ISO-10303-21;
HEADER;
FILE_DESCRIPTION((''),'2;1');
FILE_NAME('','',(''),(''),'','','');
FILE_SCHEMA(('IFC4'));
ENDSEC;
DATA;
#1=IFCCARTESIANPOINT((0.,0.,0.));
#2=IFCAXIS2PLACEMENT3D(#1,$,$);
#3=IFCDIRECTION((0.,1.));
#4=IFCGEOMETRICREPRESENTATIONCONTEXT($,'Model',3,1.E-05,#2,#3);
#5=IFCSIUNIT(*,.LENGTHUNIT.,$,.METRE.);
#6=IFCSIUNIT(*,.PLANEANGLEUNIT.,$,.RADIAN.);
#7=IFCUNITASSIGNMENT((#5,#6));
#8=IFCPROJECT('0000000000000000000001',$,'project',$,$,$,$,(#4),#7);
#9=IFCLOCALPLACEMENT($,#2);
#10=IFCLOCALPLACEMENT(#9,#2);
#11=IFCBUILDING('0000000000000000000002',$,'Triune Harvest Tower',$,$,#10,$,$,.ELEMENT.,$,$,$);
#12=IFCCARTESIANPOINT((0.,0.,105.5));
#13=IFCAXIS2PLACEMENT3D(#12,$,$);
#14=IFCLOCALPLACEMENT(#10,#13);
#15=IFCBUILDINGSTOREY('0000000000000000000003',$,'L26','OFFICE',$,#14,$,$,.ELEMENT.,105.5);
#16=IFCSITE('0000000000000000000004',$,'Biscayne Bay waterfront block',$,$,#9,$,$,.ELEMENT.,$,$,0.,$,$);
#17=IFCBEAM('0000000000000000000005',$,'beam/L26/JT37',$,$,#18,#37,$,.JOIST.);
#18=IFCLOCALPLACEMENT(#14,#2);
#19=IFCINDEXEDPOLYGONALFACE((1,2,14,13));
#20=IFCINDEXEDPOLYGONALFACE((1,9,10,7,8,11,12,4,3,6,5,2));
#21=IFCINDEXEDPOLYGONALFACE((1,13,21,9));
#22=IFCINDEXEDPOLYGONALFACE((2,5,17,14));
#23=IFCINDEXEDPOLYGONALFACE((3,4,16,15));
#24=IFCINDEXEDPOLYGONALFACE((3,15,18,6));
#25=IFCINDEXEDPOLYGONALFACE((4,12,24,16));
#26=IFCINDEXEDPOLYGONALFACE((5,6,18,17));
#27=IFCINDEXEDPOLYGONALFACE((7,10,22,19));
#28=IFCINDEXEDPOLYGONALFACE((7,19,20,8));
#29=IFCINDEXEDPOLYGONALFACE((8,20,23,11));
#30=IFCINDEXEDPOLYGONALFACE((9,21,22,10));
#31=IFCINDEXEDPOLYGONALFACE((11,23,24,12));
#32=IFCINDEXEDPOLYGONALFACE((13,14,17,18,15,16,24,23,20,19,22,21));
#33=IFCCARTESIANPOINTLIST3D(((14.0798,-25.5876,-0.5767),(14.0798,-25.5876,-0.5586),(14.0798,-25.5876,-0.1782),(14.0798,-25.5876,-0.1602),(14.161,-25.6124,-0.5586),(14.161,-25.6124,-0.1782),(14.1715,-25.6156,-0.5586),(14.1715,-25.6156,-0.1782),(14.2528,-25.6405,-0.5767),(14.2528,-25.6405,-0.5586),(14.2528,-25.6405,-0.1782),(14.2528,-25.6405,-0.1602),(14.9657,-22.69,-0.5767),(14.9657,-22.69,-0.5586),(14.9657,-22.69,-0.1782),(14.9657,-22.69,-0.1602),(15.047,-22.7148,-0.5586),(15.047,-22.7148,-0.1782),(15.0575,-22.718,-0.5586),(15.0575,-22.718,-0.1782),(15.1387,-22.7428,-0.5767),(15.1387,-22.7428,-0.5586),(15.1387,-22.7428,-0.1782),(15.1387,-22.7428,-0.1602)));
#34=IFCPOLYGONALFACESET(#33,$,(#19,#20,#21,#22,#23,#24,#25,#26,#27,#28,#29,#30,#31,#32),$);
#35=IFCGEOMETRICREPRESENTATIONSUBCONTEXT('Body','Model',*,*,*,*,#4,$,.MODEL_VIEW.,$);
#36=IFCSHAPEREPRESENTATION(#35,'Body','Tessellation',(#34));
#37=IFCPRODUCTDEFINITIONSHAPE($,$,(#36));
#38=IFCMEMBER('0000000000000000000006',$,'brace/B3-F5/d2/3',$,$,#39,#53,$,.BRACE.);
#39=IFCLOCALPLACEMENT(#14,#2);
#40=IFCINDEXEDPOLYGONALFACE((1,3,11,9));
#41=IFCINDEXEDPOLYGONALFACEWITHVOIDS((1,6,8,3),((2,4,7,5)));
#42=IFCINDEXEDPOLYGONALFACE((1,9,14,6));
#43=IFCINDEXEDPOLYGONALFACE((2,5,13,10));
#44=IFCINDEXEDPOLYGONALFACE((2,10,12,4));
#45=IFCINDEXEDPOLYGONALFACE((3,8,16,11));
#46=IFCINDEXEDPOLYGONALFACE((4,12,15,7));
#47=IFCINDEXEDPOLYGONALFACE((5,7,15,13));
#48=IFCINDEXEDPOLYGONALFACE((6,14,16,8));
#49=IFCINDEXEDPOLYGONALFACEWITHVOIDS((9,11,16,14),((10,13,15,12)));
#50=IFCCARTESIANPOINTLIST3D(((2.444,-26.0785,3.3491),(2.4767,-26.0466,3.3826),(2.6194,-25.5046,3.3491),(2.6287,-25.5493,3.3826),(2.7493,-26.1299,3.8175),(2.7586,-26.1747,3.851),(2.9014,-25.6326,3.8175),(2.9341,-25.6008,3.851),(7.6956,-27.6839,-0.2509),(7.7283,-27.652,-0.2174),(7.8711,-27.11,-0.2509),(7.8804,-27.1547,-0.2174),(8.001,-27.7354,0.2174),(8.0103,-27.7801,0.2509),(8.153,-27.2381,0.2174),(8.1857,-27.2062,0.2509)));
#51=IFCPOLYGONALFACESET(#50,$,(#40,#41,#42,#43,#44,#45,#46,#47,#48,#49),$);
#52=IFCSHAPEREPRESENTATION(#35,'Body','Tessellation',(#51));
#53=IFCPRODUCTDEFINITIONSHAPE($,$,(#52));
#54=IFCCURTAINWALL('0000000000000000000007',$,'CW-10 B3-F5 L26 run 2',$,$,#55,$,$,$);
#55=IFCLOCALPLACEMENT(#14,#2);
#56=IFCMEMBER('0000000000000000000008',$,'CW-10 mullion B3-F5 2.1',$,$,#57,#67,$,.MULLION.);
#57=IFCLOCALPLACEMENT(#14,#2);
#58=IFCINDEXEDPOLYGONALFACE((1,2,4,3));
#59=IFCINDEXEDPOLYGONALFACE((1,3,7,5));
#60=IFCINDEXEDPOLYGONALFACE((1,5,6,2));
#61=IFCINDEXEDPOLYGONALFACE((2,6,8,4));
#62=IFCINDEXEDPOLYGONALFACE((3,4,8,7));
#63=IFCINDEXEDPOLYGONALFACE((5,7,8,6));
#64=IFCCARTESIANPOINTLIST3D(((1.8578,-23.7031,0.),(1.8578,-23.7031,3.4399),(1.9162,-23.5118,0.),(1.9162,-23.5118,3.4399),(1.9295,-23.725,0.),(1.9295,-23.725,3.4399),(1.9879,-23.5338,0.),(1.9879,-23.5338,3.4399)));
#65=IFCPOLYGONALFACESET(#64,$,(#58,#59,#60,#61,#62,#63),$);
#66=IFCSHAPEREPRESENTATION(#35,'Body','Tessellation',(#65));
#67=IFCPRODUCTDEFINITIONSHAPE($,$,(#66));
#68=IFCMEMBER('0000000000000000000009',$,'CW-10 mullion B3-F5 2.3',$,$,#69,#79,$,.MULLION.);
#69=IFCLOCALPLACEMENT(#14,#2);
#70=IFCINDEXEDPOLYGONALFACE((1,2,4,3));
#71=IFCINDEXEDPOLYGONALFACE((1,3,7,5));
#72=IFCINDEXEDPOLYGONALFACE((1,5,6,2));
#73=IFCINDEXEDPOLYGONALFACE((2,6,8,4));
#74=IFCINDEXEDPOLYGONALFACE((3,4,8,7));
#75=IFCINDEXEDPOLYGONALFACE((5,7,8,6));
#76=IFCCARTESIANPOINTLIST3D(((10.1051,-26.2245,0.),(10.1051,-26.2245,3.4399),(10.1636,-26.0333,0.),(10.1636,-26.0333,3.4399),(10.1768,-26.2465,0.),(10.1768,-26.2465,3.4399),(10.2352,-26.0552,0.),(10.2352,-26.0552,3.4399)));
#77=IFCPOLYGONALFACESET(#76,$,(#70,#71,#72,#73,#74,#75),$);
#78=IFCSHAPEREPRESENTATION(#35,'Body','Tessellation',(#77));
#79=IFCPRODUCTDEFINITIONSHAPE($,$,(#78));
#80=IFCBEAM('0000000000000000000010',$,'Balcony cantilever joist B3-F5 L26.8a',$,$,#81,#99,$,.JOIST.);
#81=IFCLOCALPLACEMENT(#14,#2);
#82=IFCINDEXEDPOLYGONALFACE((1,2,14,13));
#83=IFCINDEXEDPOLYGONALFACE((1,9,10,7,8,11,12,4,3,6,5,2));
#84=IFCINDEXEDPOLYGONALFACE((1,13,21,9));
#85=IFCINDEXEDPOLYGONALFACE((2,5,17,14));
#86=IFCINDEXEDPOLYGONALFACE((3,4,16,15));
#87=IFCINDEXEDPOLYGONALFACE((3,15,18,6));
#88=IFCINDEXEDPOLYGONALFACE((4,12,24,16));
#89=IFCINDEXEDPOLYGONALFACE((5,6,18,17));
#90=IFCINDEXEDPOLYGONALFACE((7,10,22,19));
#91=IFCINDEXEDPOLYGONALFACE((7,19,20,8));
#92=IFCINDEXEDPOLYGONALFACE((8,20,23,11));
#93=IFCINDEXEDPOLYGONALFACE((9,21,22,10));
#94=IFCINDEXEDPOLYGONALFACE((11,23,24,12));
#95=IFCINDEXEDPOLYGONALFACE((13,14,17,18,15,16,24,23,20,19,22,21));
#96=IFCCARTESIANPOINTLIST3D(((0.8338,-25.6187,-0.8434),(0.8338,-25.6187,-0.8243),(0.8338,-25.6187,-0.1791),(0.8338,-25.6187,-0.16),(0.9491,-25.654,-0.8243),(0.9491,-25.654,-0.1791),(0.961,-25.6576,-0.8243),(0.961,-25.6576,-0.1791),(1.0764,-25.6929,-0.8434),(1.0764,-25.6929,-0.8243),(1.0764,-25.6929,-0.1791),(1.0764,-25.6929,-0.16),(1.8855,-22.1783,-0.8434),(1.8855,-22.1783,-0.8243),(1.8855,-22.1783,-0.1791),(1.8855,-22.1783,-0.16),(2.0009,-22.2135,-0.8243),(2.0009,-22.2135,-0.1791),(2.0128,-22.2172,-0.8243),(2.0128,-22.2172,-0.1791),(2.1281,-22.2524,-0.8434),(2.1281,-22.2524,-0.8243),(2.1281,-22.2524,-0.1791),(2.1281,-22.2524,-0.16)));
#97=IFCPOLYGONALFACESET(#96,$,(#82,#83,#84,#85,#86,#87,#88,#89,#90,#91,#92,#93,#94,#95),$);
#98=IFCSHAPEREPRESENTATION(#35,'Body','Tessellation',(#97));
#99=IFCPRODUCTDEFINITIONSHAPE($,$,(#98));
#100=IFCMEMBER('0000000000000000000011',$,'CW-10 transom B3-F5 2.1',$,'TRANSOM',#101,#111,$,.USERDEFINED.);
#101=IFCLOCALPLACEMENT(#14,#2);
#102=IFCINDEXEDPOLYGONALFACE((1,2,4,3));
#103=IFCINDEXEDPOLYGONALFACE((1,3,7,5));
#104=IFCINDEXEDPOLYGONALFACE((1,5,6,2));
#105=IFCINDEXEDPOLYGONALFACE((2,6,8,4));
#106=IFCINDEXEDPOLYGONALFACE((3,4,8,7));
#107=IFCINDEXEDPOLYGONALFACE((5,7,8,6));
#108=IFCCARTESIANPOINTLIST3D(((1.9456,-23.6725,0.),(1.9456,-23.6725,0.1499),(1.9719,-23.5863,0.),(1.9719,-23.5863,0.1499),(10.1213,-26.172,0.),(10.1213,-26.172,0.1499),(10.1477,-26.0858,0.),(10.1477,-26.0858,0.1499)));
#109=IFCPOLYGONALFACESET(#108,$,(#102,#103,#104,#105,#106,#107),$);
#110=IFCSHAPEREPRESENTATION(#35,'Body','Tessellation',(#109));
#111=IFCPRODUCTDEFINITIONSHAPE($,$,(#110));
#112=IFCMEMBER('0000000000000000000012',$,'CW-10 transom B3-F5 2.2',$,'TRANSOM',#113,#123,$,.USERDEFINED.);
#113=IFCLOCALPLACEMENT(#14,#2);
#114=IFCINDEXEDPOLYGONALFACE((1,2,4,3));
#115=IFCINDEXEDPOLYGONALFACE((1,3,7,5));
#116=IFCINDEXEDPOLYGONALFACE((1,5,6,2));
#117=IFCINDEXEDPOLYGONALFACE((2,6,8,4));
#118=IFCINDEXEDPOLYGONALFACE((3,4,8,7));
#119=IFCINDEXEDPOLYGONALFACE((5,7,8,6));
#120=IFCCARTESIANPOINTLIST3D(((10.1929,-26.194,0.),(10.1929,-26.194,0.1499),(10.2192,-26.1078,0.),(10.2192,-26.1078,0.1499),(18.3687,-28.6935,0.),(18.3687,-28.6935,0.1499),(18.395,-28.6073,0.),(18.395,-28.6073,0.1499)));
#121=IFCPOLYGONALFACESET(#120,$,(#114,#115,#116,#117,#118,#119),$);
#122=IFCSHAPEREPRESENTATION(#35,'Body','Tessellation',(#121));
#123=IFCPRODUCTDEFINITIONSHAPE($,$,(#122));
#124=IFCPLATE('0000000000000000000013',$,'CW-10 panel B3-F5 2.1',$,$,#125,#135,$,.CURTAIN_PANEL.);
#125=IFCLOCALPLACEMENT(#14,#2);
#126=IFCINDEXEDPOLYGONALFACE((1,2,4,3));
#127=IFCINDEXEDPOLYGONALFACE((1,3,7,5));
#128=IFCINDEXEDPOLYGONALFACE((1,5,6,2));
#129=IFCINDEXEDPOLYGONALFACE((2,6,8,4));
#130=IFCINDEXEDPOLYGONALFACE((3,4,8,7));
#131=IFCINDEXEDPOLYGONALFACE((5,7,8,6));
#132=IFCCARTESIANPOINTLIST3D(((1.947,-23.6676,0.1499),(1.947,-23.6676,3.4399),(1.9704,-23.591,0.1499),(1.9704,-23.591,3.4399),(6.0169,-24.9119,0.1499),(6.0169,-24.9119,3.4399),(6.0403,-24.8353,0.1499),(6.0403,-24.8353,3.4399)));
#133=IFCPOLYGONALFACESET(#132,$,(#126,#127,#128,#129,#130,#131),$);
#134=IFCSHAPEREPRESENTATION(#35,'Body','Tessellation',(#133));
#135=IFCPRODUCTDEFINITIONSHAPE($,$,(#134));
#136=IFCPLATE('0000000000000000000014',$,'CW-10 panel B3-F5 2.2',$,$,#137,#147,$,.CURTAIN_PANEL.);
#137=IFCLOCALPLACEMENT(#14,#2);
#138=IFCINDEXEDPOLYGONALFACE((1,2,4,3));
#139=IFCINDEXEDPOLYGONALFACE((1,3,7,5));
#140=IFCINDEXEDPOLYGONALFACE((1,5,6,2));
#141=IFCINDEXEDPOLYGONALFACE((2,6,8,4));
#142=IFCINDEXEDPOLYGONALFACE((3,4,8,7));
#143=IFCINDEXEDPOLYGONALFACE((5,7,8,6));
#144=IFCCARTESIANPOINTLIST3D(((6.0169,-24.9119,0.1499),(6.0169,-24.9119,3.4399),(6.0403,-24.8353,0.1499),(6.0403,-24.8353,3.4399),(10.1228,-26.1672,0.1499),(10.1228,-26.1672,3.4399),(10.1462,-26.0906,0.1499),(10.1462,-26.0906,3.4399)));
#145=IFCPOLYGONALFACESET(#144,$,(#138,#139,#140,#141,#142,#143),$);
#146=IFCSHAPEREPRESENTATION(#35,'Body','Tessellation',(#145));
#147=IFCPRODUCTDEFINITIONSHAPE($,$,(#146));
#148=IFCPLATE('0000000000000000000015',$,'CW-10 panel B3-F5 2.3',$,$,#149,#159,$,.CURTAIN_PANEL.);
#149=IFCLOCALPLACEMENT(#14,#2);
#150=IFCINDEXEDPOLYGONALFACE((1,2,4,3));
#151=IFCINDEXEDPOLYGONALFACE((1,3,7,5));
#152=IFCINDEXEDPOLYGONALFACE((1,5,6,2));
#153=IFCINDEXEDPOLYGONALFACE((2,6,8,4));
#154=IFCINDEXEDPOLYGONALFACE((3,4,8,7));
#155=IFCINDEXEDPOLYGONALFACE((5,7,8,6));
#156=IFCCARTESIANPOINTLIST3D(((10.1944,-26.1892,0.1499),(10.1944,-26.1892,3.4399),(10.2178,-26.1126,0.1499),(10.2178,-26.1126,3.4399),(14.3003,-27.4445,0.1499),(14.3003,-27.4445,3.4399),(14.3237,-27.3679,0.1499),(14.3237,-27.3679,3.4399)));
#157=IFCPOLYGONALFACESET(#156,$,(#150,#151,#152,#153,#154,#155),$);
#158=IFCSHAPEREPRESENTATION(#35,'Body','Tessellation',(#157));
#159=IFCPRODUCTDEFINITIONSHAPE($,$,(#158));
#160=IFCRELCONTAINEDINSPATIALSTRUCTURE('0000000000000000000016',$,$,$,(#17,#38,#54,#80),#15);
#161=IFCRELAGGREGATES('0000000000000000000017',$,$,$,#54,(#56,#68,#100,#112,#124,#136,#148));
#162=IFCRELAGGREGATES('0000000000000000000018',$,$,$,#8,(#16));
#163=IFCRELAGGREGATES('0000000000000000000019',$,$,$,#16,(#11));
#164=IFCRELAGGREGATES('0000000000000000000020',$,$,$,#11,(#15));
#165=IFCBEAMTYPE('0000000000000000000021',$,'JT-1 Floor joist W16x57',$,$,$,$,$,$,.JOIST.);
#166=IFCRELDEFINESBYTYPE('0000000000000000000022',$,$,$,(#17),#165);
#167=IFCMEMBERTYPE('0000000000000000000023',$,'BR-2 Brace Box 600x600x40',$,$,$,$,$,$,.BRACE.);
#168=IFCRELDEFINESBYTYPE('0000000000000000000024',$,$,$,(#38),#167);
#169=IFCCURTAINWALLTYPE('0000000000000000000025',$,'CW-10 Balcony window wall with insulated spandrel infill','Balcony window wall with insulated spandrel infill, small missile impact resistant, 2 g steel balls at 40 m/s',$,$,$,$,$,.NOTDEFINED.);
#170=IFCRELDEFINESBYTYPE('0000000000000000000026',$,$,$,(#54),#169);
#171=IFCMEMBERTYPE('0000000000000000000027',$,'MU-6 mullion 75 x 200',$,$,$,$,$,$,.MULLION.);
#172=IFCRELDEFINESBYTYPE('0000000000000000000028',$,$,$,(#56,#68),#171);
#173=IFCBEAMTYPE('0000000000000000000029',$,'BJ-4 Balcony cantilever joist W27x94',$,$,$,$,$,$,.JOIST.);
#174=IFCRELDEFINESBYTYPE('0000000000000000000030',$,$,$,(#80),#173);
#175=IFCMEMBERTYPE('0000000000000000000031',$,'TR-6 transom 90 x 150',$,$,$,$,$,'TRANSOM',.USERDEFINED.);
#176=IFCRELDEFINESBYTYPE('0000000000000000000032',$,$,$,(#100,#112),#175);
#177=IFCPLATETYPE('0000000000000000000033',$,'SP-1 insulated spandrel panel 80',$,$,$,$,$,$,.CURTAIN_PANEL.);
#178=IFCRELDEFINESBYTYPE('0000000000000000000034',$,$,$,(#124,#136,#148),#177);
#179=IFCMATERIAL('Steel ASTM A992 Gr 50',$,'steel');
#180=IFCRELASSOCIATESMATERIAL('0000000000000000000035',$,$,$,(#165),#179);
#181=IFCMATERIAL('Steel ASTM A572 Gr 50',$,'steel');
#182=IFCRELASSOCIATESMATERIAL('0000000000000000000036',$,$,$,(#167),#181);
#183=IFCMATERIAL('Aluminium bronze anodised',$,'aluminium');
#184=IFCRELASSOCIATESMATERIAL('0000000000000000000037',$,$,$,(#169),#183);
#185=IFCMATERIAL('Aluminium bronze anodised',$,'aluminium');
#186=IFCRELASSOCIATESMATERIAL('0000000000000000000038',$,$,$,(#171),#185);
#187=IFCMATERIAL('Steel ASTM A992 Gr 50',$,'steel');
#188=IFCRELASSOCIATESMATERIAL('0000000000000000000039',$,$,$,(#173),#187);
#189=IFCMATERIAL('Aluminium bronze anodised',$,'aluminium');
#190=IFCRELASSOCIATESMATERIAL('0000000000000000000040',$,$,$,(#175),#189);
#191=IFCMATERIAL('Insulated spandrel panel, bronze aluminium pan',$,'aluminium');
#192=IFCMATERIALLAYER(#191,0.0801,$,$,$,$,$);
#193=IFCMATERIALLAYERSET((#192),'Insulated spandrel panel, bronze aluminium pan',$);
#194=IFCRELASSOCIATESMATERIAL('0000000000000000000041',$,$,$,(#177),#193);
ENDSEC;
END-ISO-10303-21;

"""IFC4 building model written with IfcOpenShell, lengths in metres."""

from ifc_helpers import new_model, si_unit, direction, frame, origin, origin_2d, place, context, subcontext, project, spatial, rectangle, hollow_rectangle, i_section, extrude, source, transform, mapped, material, layer, layer_set, material_profile, profile_set, type_object, element, aggregate, save


model = new_model("IFC4")

# Units and contexts
model_context = context("Model", 3, precision=1e-05, world=origin(), true_north=direction((0.0, 1.0)))
body_context = subcontext(model_context, "Body", "Model", "MODEL_VIEW")
ifc_project = project(units=[si_unit("LENGTHUNIT", "METRE"), si_unit("PLANEANGLEUNIT", "RADIAN")], contexts=[model_context])

# Site, building, storey
site_placement = place(None, origin())
site = spatial("IfcSite", under=ifc_project, at=site_placement, Name="Biscayne Bay waterfront block", CompositionType="ELEMENT", RefElevation=0.0)
building_placement = place(site_placement, origin())
building = spatial("IfcBuilding", under=site, at=building_placement, Name="Triune Harvest Tower", CompositionType="ELEMENT")
storey_placement = place(building_placement, frame((0.0, 0.0, 105.5)))
storey = spatial("IfcBuildingStorey", under=building, at=storey_placement, Name="L26", Description="OFFICE", CompositionType="ELEMENT", Elevation=105.5)

# Beam
ifc_material_1 = material(Name="Steel ASTM A992 Gr 50", Category="steel")
ifc_material_profile_1 = material_profile(ifc_material_1, i_section(OverallWidth=0.1809, OverallDepth=0.4165, WebThickness=0.011, FlangeThickness=0.0181, at=origin_2d()), Name="W16x57")
ifc_profile_set_1 = profile_set([ifc_material_profile_1], Name="Steel ASTM A992 Gr 50")
beam_type_1 = type_object("IfcBeamType", Name="JT-1 Floor joist W16x57", PredefinedType="JOIST", material=ifc_profile_set_1)
shared_shape_1 = source(origin(), body_context, "Body", "SweptSolid", [
    extrude(i_section(OverallWidth=0.1809, OverallDepth=0.4165, WebThickness=0.011, FlangeThickness=0.0181, at=origin_2d()), origin(), (0.0, 0.0, 1.0), 3.03),
])
beam_1_placement = place(storey_placement, frame((14.1663, -25.614, -0.3684), z_axis=(0.292393, 0.956298, 0.0), x_axis=(-0.956298, 0.292393, 0.0)))
element("IfcBeam", 1, at=beam_1_placement, inside=storey, type_object=beam_type_1, Name="beam/L26/JT37", PredefinedType="JOIST", context=body_context, shape_type="MappedRepresentation", body=[
    mapped(shared_shape_1, transform((0.0, 0.0, 0.0), scale=1.0)),
])

# Member
ifc_material_2 = material(Name="Steel ASTM A572 Gr 50", Category="steel")
ifc_material_profile_2 = material_profile(ifc_material_2, hollow_rectangle(XDim=0.6001, YDim=0.6001, WallThickness=0.04, at=origin_2d()), Name="Box 600x600x40")
ifc_profile_set_2 = profile_set([ifc_material_profile_2], Name="Steel ASTM A572 Gr 50")
member_type_1 = type_object("IfcMemberType", Name="BR-2 Brace Box 600x600x40", PredefinedType="BRACE", material=ifc_profile_set_2)
shared_shape_2 = source(origin(), body_context, "Body", "SweptSolid", [
    extrude(hollow_rectangle(XDim=0.6001, YDim=0.6001, WallThickness=0.04, at=origin_2d()), origin(), (0.0, 0.0, 1.0), 6.5664),
])
member_1_placement = place(storey_placement, frame((7.9407, -27.4451, 0.0), z_axis=(-0.799775, 0.244495, 0.548254), x_axis=(-0.292348, -0.956312, 0.0)))
element("IfcMember", 2, at=member_1_placement, inside=storey, type_object=member_type_1, Name="brace/B3-F5/d2/3", PredefinedType="BRACE", context=body_context, shape_type="MappedRepresentation", body=[
    mapped(shared_shape_2, transform((0.0, 0.0, 0.0), scale=1.0)),
])

# Curtain wall, members
ifc_material_3 = material(Name="Aluminium bronze anodised", Category="aluminium")
curtain_wall_type = type_object("IfcCurtainWallType", Name="CW-10 Balcony window wall with insulated spandrel infill", Description="Balcony window wall with insulated spandrel infill, small missile impact resistant, 2 g steel balls at 40 m/s", PredefinedType="NOTDEFINED", material=ifc_material_3)
curtain_wall_placement = place(storey_placement, origin())
curtain_wall = element("IfcCurtainWall", 3, at=curtain_wall_placement, inside=storey, type_object=curtain_wall_type, Name="CW-10 B3-F5 L26 run 2")
ifc_material_4 = material(Name="Aluminium bronze anodised", Category="aluminium")
ifc_material_profile_3 = material_profile(ifc_material_4, rectangle(XDim=0.2, YDim=0.075, at=origin_2d()), Name="MU-6 mullion 75 x 200")
ifc_profile_set_3 = profile_set([ifc_material_profile_3], Name="Aluminium bronze anodised")
member_type_2 = type_object("IfcMemberType", Name="MU-6 mullion 75 x 200", PredefinedType="MULLION", material=ifc_profile_set_3)
shared_shape_3 = source(origin(), body_context, "Body", "SweptSolid", [
    extrude(rectangle(XDim=0.2, YDim=0.075, at=origin_2d()), origin(), (0.0, 0.0, 1.0), 3.4399),
])
member_2_placement = place(storey_placement, frame((1.9229, -23.6184, 0.0), z_axis=(0.0, 0.0, 1.0), x_axis=(0.292373, 0.956304, 0.0)))
member_2 = element("IfcMember", 4, at=member_2_placement, type_object=member_type_2, Name="CW-10 mullion B3-F5 2.1", PredefinedType="MULLION", context=body_context, shape_type="MappedRepresentation", body=[
    mapped(shared_shape_3, transform((0.0, 0.0, 0.0), scale=1.0)),
])
member_3_placement = place(storey_placement, frame((10.1702, -26.1399, 0.0), z_axis=(0.0, 0.0, 1.0), x_axis=(0.292373, 0.956304, 0.0)))
member_3 = element("IfcMember", 5, at=member_3_placement, type_object=member_type_2, Name="CW-10 mullion B3-F5 2.3", PredefinedType="MULLION", context=body_context, shape_type="MappedRepresentation", body=[
    mapped(shared_shape_3, transform((0.0, 0.0, 0.0), scale=1.0)),
])

# Beam
ifc_material_5 = material(Name="Steel ASTM A992 Gr 50", Category="steel")
ifc_material_profile_4 = material_profile(ifc_material_5, i_section(OverallWidth=0.2537, OverallDepth=0.6833, WebThickness=0.0125, FlangeThickness=0.019, at=origin_2d()), Name="W27x94")
ifc_profile_set_4 = profile_set([ifc_material_profile_4], Name="Steel ASTM A992 Gr 50")
beam_type_2 = type_object("IfcBeamType", Name="BJ-4 Balcony cantilever joist W27x94", PredefinedType="JOIST", material=ifc_profile_set_4)
shared_shape_4 = source(origin(), body_context, "Body", "SweptSolid", [
    extrude(i_section(OverallWidth=0.2537, OverallDepth=0.6833, WebThickness=0.0125, FlangeThickness=0.019, at=origin_2d()), origin(), (0.0, 0.0, 1.0), 3.5977),
])
beam_2_placement = place(storey_placement, frame((2.0068, -22.2153, -0.5017), z_axis=(-0.29235, -0.956312, 0.0), x_axis=(0.956312, -0.29235, 0.0)))
element("IfcBeam", 6, at=beam_2_placement, inside=storey, type_object=beam_type_2, Name="Balcony cantilever joist B3-F5 L26.8a", PredefinedType="JOIST", context=body_context, shape_type="MappedRepresentation", body=[
    mapped(shared_shape_4, transform((0.0, 0.0, 0.0), scale=1.0)),
])

# Members
ifc_material_6 = material(Name="Aluminium bronze anodised", Category="aluminium")
ifc_material_profile_5 = material_profile(ifc_material_6, rectangle(XDim=0.0901, YDim=0.1499, at=origin_2d()), Name="TR-6 transom 90 x 150")
ifc_profile_set_5 = profile_set([ifc_material_profile_5], Name="Aluminium bronze anodised")
member_type_3 = type_object("IfcMemberType", Name="TR-6 transom 90 x 150", ElementType="TRANSOM", PredefinedType="USERDEFINED", material=ifc_profile_set_5)
shared_shape_5 = source(origin(), body_context, "Body", "SweptSolid", [
    extrude(rectangle(XDim=0.0901, YDim=0.1499, at=origin_2d()), origin(), (0.0, 0.0, 1.0), 8.5493),
])
member_4_placement = place(storey_placement, frame((1.9587, -23.6294, 0.075), z_axis=(0.956307, -0.292364, 0.0), x_axis=(0.292364, 0.956307, 0.0)))
member_4 = element("IfcMember", 7, at=member_4_placement, type_object=member_type_3, Name="CW-10 transom B3-F5 2.1", ObjectType="TRANSOM", PredefinedType="USERDEFINED", context=body_context, shape_type="MappedRepresentation", body=[
    mapped(shared_shape_5, transform((0.0, 0.0, 0.0), scale=1.0)),
])
member_5_placement = place(storey_placement, frame((10.2061, -26.1509, 0.075), z_axis=(0.956307, -0.292364, 0.0), x_axis=(0.292364, 0.956307, 0.0)))
member_5 = element("IfcMember", 8, at=member_5_placement, type_object=member_type_3, Name="CW-10 transom B3-F5 2.2", ObjectType="TRANSOM", PredefinedType="USERDEFINED", context=body_context, shape_type="MappedRepresentation", body=[
    mapped(shared_shape_5, transform((0.0, 0.0, 0.0), scale=1.0)),
])

# Plates
ifc_material_7 = material(Name="Insulated spandrel panel, bronze aluminium pan", Category="aluminium")
ifc_layer_1 = layer(ifc_material_7, 0.0801)
ifc_layer_set_1 = layer_set([ifc_layer_1], Name="Insulated spandrel panel, bronze aluminium pan")
plate_type = type_object("IfcPlateType", Name="SP-1 insulated spandrel panel 80", PredefinedType="CURTAIN_PANEL", material=ifc_layer_set_1)
shared_shape_6 = source(origin(), body_context, "Body", "SweptSolid", [
    extrude(rectangle(XDim=4.2559, YDim=0.0801, at=origin_2d()), origin(), (0.0, 0.0, 1.0), 3.29),
])
plate_1_placement = place(storey_placement, frame((3.9937, -24.2515, 0.1499), z_axis=(0.0, 0.0, 1.0), x_axis=(0.956304, -0.292373, 0.0)))
plate_1 = element("IfcPlate", 9, at=plate_1_placement, type_object=plate_type, Name="CW-10 panel B3-F5 2.1", PredefinedType="CURTAIN_PANEL", context=body_context, shape_type="MappedRepresentation", body=[
    mapped(shared_shape_6, transform((0.0, 0.0, 0.0), scale=1.0)),
])
shared_shape_7 = source(origin(), body_context, "Body", "SweptSolid", [
    extrude(rectangle(XDim=4.2935, YDim=0.0801, at=origin_2d()), origin(), (0.0, 0.0, 1.0), 3.29),
])
plate_2_placement = place(storey_placement, frame((8.0815, -25.5012, 0.1499), z_axis=(0.0, 0.0, 1.0), x_axis=(0.956304, -0.292373, 0.0)))
plate_2 = element("IfcPlate", 10, at=plate_2_placement, type_object=plate_type, Name="CW-10 panel B3-F5 2.2", PredefinedType="CURTAIN_PANEL", context=body_context, shape_type="MappedRepresentation", body=[
    mapped(shared_shape_7, transform((0.0, 0.0, 0.0), scale=1.0)),
])
plate_3_placement = place(storey_placement, frame((12.259, -26.7786, 0.1499), z_axis=(0.0, 0.0, 1.0), x_axis=(0.956304, -0.292373, 0.0)))
plate_3 = element("IfcPlate", 11, at=plate_3_placement, type_object=plate_type, Name="CW-10 panel B3-F5 2.3", PredefinedType="CURTAIN_PANEL", context=body_context, shape_type="MappedRepresentation", body=[
    mapped(shared_shape_7, transform((0.0, 0.0, 0.0), scale=1.0)),
])
aggregate(curtain_wall, [member_2, member_3, member_4, member_5, plate_1, plate_2, plate_3])

save(model, "model.ifc")
